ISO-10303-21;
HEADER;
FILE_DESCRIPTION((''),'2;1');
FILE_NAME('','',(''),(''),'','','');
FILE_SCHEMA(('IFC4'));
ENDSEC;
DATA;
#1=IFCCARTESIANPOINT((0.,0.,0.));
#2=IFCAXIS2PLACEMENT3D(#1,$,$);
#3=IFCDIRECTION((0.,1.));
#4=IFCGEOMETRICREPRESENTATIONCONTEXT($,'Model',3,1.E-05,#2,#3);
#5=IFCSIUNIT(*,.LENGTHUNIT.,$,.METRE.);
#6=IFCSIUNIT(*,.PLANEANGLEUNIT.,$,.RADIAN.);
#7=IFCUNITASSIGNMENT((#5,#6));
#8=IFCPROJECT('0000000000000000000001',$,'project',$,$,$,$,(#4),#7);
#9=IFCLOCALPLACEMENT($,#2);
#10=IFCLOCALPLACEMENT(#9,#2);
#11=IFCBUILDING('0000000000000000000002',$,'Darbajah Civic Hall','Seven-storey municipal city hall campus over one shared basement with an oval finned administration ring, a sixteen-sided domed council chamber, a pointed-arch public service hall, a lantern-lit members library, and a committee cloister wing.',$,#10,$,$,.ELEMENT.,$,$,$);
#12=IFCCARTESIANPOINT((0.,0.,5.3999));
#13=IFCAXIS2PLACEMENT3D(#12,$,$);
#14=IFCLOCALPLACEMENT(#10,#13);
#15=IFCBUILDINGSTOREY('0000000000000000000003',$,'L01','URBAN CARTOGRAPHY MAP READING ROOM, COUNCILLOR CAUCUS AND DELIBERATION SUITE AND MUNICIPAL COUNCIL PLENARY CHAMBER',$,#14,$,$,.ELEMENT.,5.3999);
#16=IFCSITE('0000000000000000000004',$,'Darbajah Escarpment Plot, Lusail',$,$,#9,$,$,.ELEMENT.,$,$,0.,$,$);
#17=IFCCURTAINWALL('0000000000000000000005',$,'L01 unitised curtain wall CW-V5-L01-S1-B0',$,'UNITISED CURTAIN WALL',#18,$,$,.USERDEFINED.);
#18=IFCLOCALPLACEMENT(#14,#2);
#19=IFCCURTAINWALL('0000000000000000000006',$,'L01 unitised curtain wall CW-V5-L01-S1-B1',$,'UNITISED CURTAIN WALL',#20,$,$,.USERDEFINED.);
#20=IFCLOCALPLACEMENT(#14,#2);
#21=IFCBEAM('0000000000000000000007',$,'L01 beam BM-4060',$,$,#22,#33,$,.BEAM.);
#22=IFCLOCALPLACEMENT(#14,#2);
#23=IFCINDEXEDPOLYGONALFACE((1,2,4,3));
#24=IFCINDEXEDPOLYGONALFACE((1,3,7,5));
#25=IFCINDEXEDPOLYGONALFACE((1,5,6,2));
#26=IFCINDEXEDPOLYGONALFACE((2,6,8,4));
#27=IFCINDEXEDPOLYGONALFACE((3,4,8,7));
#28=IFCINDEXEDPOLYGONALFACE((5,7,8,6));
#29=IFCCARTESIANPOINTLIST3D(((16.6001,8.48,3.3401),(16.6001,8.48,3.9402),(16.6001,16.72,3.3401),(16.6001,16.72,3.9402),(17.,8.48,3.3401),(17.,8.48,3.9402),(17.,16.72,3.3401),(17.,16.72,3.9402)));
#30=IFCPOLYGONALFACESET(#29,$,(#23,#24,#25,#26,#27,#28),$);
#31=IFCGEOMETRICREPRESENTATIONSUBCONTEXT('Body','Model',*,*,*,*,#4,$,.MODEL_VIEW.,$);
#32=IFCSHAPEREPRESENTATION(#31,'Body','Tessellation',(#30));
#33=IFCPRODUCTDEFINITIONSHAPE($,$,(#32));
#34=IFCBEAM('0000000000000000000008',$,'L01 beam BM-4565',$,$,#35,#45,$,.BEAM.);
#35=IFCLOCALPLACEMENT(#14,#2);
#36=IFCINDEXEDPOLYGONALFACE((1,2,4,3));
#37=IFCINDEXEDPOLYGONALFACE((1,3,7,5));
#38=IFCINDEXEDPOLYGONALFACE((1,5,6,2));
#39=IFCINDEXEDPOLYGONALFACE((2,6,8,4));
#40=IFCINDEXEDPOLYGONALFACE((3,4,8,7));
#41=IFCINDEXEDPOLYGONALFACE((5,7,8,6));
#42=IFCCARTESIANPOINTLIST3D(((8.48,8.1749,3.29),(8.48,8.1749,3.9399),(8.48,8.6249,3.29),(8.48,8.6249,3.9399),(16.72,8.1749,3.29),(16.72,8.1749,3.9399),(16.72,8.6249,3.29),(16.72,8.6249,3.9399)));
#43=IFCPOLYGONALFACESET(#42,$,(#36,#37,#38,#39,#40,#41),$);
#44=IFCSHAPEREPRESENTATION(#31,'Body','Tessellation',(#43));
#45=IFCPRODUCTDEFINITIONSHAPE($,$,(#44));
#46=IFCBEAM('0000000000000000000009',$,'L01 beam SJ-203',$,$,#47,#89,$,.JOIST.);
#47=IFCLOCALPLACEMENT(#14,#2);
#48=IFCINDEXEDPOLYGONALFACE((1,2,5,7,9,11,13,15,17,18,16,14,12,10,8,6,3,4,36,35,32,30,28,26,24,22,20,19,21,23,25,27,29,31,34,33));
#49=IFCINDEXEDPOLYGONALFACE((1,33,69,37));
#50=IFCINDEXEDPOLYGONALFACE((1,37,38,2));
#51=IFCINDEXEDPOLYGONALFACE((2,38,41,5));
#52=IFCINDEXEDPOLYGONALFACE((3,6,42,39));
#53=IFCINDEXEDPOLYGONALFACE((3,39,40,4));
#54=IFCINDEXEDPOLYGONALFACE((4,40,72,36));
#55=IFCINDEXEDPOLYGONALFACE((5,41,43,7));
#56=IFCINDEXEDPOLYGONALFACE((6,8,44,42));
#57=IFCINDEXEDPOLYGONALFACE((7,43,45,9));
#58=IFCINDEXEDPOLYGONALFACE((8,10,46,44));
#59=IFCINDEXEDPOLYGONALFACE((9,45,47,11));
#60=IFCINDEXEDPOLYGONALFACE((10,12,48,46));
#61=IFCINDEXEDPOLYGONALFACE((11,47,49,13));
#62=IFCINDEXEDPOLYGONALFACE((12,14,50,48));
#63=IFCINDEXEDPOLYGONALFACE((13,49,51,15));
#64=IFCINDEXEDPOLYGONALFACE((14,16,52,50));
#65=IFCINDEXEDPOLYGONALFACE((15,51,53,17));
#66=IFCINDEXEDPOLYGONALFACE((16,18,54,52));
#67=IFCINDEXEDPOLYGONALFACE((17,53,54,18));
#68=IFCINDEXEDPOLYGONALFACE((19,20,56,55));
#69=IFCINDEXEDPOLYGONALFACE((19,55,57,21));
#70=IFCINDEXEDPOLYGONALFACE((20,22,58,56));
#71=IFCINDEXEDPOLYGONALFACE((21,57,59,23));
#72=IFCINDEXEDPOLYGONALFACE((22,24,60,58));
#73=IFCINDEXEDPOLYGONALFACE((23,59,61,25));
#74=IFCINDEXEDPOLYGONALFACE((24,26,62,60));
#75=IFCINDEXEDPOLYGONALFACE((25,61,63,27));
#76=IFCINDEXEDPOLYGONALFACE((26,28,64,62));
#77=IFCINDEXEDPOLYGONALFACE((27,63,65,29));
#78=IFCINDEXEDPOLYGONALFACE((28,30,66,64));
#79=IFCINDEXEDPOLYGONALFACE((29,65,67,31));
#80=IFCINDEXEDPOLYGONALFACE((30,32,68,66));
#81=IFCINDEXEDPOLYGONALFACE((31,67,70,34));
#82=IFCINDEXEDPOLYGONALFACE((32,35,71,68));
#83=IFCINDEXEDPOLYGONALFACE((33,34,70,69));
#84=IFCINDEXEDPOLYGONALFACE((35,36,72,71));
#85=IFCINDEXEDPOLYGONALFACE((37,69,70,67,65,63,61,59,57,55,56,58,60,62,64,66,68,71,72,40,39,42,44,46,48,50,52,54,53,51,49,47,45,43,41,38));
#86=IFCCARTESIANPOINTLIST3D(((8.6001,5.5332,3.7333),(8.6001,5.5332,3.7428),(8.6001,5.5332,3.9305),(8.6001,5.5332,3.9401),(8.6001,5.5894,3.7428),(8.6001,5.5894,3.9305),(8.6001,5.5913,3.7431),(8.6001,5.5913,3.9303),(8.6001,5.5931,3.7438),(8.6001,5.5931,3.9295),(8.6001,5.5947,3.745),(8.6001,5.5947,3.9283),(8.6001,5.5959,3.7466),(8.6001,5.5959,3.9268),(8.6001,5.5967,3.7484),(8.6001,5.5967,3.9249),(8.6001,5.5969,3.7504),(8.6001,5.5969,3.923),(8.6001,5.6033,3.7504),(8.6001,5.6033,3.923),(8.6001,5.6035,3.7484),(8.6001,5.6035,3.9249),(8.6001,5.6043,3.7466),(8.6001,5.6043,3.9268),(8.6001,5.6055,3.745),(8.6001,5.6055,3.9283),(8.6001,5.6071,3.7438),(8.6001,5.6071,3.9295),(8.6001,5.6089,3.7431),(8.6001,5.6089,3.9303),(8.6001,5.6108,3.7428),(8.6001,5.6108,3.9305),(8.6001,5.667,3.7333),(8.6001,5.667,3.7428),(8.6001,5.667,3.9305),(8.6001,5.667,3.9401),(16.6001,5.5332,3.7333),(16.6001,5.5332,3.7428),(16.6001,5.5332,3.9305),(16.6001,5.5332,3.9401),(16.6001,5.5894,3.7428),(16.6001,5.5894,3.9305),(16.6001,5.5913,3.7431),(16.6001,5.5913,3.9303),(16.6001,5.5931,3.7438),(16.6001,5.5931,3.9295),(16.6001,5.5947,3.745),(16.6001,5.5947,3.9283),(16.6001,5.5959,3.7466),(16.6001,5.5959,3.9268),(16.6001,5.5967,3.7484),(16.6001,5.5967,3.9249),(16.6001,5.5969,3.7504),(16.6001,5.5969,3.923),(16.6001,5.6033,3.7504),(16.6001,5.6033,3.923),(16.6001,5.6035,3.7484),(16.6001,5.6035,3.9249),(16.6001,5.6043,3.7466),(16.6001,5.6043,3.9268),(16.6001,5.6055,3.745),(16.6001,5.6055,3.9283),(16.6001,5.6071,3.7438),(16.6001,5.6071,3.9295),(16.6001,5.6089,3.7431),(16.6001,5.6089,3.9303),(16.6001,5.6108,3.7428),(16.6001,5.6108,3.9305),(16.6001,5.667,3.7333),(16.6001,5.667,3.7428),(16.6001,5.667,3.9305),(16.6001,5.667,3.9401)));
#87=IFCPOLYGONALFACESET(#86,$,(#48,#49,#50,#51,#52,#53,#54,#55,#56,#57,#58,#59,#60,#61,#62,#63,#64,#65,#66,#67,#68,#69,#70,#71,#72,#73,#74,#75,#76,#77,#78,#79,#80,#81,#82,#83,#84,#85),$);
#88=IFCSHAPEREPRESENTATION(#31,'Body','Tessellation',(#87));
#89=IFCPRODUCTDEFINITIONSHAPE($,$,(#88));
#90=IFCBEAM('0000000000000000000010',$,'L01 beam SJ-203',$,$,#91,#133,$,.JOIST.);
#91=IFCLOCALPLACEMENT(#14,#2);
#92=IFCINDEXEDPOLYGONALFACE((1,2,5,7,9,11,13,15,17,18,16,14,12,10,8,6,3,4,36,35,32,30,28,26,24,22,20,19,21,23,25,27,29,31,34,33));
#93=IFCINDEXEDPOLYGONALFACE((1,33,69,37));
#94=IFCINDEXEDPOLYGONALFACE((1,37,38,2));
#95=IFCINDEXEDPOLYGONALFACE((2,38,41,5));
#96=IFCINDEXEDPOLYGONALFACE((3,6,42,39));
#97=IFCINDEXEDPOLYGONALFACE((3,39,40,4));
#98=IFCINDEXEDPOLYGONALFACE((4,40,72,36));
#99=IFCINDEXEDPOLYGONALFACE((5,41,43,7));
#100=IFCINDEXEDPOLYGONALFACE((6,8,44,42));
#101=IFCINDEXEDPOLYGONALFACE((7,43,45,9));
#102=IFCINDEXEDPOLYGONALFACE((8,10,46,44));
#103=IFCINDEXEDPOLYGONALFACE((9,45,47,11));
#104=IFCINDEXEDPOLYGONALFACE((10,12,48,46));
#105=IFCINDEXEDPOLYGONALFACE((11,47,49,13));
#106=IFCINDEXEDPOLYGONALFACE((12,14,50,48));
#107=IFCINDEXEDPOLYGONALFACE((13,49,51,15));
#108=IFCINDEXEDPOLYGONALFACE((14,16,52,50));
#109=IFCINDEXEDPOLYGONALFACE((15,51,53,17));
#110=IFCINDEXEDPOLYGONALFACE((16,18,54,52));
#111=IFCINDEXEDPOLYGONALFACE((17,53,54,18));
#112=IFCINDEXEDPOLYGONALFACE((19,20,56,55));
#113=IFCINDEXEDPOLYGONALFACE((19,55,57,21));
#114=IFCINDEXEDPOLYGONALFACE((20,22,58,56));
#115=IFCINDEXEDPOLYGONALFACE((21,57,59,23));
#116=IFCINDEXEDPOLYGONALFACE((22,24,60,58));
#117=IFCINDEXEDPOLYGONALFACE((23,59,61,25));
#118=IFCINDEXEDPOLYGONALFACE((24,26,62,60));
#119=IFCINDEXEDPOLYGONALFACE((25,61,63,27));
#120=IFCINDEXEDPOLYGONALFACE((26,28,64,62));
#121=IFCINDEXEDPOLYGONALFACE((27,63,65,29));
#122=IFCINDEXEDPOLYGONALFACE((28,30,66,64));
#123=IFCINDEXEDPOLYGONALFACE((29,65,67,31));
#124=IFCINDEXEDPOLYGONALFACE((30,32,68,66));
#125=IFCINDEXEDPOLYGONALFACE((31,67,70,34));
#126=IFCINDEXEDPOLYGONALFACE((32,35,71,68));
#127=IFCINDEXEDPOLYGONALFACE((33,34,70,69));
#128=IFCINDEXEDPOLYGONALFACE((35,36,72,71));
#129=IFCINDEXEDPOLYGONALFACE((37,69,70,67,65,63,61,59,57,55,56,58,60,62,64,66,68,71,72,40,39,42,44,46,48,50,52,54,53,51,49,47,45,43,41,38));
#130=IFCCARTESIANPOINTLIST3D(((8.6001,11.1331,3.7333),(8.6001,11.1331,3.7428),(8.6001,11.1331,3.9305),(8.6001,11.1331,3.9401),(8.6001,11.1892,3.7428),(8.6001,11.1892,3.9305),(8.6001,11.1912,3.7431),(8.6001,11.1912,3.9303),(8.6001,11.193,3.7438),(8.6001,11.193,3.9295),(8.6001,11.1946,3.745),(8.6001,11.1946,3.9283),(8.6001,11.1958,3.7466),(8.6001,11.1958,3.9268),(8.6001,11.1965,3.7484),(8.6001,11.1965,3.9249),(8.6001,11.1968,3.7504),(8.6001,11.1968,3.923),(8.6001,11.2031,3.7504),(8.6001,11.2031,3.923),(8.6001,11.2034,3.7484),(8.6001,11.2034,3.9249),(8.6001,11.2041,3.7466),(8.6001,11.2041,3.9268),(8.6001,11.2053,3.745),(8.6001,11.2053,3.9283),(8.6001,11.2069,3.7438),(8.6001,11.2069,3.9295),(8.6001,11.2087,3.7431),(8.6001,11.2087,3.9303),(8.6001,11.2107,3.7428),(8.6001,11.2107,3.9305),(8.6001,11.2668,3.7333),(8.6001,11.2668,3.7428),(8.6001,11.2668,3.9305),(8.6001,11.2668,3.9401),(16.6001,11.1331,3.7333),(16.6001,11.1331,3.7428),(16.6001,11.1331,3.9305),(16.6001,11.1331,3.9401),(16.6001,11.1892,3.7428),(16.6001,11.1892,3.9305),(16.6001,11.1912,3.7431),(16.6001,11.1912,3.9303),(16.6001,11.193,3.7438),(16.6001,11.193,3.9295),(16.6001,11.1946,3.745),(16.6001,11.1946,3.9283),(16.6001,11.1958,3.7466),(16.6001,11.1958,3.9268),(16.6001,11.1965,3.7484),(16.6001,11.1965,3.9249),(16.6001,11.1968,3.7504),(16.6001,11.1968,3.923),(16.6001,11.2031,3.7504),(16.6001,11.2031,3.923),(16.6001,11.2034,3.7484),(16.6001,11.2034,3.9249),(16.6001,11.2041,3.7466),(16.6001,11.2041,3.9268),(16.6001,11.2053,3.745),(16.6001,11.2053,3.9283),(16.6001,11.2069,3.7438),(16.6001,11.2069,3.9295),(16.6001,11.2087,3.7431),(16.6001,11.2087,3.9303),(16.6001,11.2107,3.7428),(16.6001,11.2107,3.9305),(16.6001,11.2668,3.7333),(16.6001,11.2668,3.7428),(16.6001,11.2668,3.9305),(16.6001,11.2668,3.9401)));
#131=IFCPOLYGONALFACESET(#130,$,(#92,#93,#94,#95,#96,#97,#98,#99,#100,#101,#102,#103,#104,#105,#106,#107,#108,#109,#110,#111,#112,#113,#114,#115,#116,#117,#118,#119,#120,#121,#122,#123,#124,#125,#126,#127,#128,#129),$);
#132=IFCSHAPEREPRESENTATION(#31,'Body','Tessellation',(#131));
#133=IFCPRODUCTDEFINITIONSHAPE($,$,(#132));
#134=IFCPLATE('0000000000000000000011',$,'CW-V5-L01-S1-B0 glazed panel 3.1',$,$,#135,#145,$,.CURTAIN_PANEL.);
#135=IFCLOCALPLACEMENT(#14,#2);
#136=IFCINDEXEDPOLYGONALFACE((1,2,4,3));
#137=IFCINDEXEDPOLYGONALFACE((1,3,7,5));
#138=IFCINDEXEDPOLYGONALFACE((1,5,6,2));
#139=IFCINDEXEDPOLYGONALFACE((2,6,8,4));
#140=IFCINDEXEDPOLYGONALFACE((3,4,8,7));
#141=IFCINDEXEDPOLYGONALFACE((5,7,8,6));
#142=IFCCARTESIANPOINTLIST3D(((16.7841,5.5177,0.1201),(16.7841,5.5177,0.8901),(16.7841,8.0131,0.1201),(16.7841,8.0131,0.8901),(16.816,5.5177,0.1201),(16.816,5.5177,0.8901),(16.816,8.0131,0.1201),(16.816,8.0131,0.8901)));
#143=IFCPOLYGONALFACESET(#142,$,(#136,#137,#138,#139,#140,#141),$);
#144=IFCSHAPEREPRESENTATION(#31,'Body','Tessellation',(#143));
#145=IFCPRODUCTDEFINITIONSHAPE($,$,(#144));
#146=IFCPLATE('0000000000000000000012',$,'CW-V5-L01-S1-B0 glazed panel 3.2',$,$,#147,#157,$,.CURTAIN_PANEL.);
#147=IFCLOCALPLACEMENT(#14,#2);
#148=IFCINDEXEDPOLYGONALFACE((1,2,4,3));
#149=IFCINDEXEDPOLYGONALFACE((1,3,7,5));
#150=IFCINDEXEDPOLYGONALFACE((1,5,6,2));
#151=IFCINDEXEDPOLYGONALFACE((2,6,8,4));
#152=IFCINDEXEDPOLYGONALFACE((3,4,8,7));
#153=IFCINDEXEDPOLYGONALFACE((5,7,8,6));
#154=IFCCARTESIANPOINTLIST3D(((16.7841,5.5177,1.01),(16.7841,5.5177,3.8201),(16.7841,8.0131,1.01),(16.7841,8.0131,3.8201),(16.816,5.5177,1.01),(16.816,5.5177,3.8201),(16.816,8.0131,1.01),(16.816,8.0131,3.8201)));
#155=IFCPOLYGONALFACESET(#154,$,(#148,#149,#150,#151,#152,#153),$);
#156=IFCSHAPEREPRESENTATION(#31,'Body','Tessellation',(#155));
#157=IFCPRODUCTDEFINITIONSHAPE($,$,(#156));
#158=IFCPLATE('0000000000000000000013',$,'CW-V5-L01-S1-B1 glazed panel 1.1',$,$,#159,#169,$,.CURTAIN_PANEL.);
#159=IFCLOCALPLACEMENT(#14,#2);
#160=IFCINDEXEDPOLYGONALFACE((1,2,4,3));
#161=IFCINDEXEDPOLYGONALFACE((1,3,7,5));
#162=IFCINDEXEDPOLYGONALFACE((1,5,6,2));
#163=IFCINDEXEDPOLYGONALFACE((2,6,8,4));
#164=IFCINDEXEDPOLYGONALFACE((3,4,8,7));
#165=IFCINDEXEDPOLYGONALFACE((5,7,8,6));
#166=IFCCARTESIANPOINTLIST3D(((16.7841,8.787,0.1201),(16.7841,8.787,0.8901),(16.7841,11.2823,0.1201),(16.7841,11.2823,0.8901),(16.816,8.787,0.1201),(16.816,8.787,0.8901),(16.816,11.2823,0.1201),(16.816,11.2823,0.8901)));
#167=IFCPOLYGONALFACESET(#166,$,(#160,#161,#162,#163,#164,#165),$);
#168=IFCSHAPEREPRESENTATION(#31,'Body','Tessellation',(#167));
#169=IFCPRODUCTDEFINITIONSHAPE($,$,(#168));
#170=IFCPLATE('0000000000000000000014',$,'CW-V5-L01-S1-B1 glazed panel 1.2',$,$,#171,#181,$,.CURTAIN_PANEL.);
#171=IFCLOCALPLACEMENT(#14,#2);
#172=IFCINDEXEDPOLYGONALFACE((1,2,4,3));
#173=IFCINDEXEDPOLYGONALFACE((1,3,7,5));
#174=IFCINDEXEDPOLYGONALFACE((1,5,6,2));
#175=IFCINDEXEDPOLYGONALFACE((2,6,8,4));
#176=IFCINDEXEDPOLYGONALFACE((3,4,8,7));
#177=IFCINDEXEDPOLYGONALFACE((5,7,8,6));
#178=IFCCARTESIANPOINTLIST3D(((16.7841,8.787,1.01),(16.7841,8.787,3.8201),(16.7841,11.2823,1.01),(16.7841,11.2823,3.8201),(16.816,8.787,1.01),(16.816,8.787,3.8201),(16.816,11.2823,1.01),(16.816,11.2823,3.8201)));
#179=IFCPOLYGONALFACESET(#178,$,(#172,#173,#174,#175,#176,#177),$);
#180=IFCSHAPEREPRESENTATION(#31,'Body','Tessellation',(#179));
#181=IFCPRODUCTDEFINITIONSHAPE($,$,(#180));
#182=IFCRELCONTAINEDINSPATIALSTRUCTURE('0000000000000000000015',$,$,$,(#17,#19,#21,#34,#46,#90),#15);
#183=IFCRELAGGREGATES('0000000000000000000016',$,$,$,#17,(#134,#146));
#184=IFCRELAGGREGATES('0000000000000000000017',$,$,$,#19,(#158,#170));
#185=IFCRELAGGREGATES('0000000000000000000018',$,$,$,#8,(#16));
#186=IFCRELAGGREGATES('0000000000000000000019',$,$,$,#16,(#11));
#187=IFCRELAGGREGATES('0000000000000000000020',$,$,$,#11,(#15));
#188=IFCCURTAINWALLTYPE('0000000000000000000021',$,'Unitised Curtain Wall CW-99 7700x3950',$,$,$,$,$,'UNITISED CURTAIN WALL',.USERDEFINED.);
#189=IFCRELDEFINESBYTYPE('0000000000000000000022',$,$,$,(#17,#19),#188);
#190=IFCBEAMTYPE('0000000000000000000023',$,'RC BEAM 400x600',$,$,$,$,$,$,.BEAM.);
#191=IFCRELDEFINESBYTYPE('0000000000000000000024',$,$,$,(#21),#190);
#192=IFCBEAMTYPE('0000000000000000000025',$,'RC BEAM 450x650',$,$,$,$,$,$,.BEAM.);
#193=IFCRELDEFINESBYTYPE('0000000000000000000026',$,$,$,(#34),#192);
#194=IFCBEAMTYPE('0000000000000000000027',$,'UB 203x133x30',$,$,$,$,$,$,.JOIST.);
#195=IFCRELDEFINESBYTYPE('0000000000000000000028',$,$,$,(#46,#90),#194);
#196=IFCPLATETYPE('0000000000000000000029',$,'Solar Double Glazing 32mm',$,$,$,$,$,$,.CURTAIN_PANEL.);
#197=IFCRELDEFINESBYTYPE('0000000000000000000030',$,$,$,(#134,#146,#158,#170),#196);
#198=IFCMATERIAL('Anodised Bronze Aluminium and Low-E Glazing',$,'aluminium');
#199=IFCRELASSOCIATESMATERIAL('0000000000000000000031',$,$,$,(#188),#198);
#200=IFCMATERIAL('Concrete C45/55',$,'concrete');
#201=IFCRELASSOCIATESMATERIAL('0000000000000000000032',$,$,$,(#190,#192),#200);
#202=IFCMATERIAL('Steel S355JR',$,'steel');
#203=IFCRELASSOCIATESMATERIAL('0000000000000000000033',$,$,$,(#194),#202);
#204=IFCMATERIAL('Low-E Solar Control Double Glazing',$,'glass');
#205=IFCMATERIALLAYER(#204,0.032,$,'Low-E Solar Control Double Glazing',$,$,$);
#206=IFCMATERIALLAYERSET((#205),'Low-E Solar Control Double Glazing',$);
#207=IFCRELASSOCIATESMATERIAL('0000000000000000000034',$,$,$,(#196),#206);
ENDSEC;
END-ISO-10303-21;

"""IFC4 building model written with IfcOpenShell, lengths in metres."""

from ifc_helpers import new_model, si_unit, direction, frame, origin, origin_2d, place, context, subcontext, project, spatial, rectangle, i_section, extrude, material, layer, layer_set, material_profile, profile_set, type_object, element, aggregate, save


model = new_model("IFC4")

# Units and contexts
model_context = context("Model", 3, precision=1e-05, world=origin(), true_north=direction((0.0, 1.0)))
body_context = subcontext(model_context, "Body", "Model", "MODEL_VIEW")
ifc_project = project(units=[si_unit("LENGTHUNIT", "METRE"), si_unit("PLANEANGLEUNIT", "RADIAN")], contexts=[model_context])

# Site, building, storey
site_placement = place(None, origin())
site = spatial("IfcSite", under=ifc_project, at=site_placement, Name="Darbajah Escarpment Plot, Lusail", CompositionType="ELEMENT", RefElevation=0.0)
building_placement = place(site_placement, origin())
building = spatial("IfcBuilding", under=site, at=building_placement, Name="Darbajah Civic Hall", Description="Seven-storey municipal city hall campus over one shared basement with an oval finned administration ring, a sixteen-sided domed council chamber, a pointed-arch public service hall, a lantern-lit members library, and a committee cloister wing.", CompositionType="ELEMENT")
storey_placement = place(building_placement, frame((0.0, 0.0, 5.3999)))
storey = spatial("IfcBuildingStorey", under=building, at=storey_placement, Name="L01", Description="URBAN CARTOGRAPHY MAP READING ROOM, COUNCILLOR CAUCUS AND DELIBERATION SUITE AND MUNICIPAL COUNCIL PLENARY CHAMBER", CompositionType="ELEMENT", Elevation=5.3999)

# Shared definitions
ifc_material_1 = material(Name="Concrete C45/55", Category="concrete")

# Curtain wall
ifc_material_2 = material(Name="Anodised Bronze Aluminium and Low-E Glazing", Category="aluminium")
curtain_wall_type = type_object("IfcCurtainWallType", Name="Unitised Curtain Wall CW-99 7700x3950", ElementType="UNITISED CURTAIN WALL", PredefinedType="USERDEFINED", material=ifc_material_2)
curtain_wall_1_placement = place(storey_placement, origin())
curtain_wall_1 = element("IfcCurtainWall", 1, at=curtain_wall_1_placement, inside=storey, type_object=curtain_wall_type, Name="L01 unitised curtain wall CW-V5-L01-S1-B0", ObjectType="UNITISED CURTAIN WALL", PredefinedType="USERDEFINED")

# Curtain wall
curtain_wall_2_placement = place(storey_placement, origin())
curtain_wall_2 = element("IfcCurtainWall", 2, at=curtain_wall_2_placement, inside=storey, type_object=curtain_wall_type, Name="L01 unitised curtain wall CW-V5-L01-S1-B1", ObjectType="UNITISED CURTAIN WALL", PredefinedType="USERDEFINED")

# Beams
ifc_material_profile_1 = material_profile(ifc_material_1, rectangle(XDim=0.3999, YDim=0.6001, at=origin_2d()), Name="RC BEAM 400x600")
ifc_profile_set_1 = profile_set([ifc_material_profile_1], Name="Concrete C45/55")
beam_type_1 = type_object("IfcBeamType", Name="RC BEAM 400x600", PredefinedType="BEAM", material=ifc_profile_set_1)
beam_1_placement = place(storey_placement, frame((16.8, 8.48, 3.6401), z_axis=(0.0, 1.0, 0.0), x_axis=(-1.0, 0.0, 0.0)))
element("IfcBeam", 3, at=beam_1_placement, inside=storey, type_object=beam_type_1, Name="L01 beam BM-4060", PredefinedType="BEAM", context=body_context, shape_type="SweptSolid", body=[
    extrude(rectangle(XDim=0.3999, YDim=0.6001, at=origin_2d()), origin(), (0.0, 0.0, 1.0), 8.24),
])
ifc_material_profile_2 = material_profile(ifc_material_1, rectangle(XDim=0.45, YDim=0.6499, at=origin_2d()), Name="RC BEAM 450x650")
ifc_profile_set_2 = profile_set([ifc_material_profile_2], Name="Concrete C45/55")
beam_type_2 = type_object("IfcBeamType", Name="RC BEAM 450x650", PredefinedType="BEAM", material=ifc_profile_set_2)
beam_2_placement = place(storey_placement, frame((8.48, 8.3999, 3.615), z_axis=(1.0, 0.0, 0.0), x_axis=(0.0, 1.0, 0.0)))
element("IfcBeam", 4, at=beam_2_placement, inside=storey, type_object=beam_type_2, Name="L01 beam BM-4565", PredefinedType="BEAM", context=body_context, shape_type="SweptSolid", body=[
    extrude(rectangle(XDim=0.45, YDim=0.6499, at=origin_2d()), origin(), (0.0, 0.0, 1.0), 8.24),
])
ifc_material_3 = material(Name="Steel S355JR", Category="steel")
ifc_material_profile_3 = material_profile(ifc_material_3, i_section(OverallWidth=0.1338, OverallDepth=0.2068, WebThickness=0.0063, FlangeThickness=0.0095, FilletRadius=0.0076, at=origin_2d()), Name="UB 203x133x30")
ifc_profile_set_3 = profile_set([ifc_material_profile_3], Name="Steel S355JR")
beam_type_3 = type_object("IfcBeamType", Name="UB 203x133x30", PredefinedType="JOIST", material=ifc_profile_set_3)
for number, where, z_axis, x_axis, name in (
    (5, (8.6001, 5.6001, 3.8367), (1.0, 0.0, 0.0), (0.0, 1.0, 0.0), "L01 beam SJ-203"),
    (6, (8.6001, 11.2, 3.8367), (1.0, 0.0, 0.0), (0.0, 1.0, 0.0), "L01 beam SJ-203"),
):
    element("IfcBeam", number, at=place(storey_placement, frame(where, z_axis=z_axis, x_axis=x_axis)), inside=storey, type_object=beam_type_3, Name=name, PredefinedType="JOIST", context=body_context, shape_type="SweptSolid", body=[
        extrude(i_section(OverallWidth=0.1338, OverallDepth=0.2068, WebThickness=0.0063, FlangeThickness=0.0095, FilletRadius=0.0076, at=origin_2d()), origin(), (0.0, 0.0, 1.0), 8.0),
    ])

# Plates
ifc_material_4 = material(Name="Low-E Solar Control Double Glazing", Category="glass")
ifc_layer = layer(ifc_material_4, 0.032, Name="Low-E Solar Control Double Glazing")
ifc_layer_set = layer_set([ifc_layer], Name="Low-E Solar Control Double Glazing")
plate_type = type_object("IfcPlateType", Name="Solar Double Glazing 32mm", PredefinedType="CURTAIN_PANEL", material=ifc_layer_set)
plate_1_placement = place(storey_placement, frame((16.8, 6.7654, 0.1201), z_axis=(0.0, 0.0, 1.0), x_axis=(0.0, 1.0, 0.0)))
plate_1 = element("IfcPlate", 7, at=plate_1_placement, type_object=plate_type, Name="CW-V5-L01-S1-B0 glazed panel 3.1", PredefinedType="CURTAIN_PANEL", context=body_context, shape_type="SweptSolid", body=[
    extrude(rectangle(XDim=2.4954, YDim=0.032, at=origin_2d()), origin(), (0.0, 0.0, 1.0), 0.77),
])
plate_2_placement = place(storey_placement, frame((16.8, 6.7654, 1.01), z_axis=(0.0, 0.0, 1.0), x_axis=(0.0, 1.0, 0.0)))
plate_2 = element("IfcPlate", 8, at=plate_2_placement, type_object=plate_type, Name="CW-V5-L01-S1-B0 glazed panel 3.2", PredefinedType="CURTAIN_PANEL", context=body_context, shape_type="SweptSolid", body=[
    extrude(rectangle(XDim=2.4954, YDim=0.032, at=origin_2d()), origin(), (0.0, 0.0, 1.0), 2.8101),
])
aggregate(curtain_wall_1, [plate_1, plate_2])
plate_3_placement = place(storey_placement, frame((16.8, 10.0347, 0.1201), z_axis=(0.0, 0.0, 1.0), x_axis=(0.0, 1.0, 0.0)))
plate_3 = element("IfcPlate", 9, at=plate_3_placement, type_object=plate_type, Name="CW-V5-L01-S1-B1 glazed panel 1.1", PredefinedType="CURTAIN_PANEL", context=body_context, shape_type="SweptSolid", body=[
    extrude(rectangle(XDim=2.4954, YDim=0.032, at=origin_2d()), origin(), (0.0, 0.0, 1.0), 0.77),
])
plate_4_placement = place(storey_placement, frame((16.8, 10.0347, 1.01), z_axis=(0.0, 0.0, 1.0), x_axis=(0.0, 1.0, 0.0)))
plate_4 = element("IfcPlate", 10, at=plate_4_placement, type_object=plate_type, Name="CW-V5-L01-S1-B1 glazed panel 1.2", PredefinedType="CURTAIN_PANEL", context=body_context, shape_type="SweptSolid", body=[
    extrude(rectangle(XDim=2.4954, YDim=0.032, at=origin_2d()), origin(), (0.0, 0.0, 1.0), 2.8101),
])
aggregate(curtain_wall_2, [plate_3, plate_4])

save(model, "model.ifc")
